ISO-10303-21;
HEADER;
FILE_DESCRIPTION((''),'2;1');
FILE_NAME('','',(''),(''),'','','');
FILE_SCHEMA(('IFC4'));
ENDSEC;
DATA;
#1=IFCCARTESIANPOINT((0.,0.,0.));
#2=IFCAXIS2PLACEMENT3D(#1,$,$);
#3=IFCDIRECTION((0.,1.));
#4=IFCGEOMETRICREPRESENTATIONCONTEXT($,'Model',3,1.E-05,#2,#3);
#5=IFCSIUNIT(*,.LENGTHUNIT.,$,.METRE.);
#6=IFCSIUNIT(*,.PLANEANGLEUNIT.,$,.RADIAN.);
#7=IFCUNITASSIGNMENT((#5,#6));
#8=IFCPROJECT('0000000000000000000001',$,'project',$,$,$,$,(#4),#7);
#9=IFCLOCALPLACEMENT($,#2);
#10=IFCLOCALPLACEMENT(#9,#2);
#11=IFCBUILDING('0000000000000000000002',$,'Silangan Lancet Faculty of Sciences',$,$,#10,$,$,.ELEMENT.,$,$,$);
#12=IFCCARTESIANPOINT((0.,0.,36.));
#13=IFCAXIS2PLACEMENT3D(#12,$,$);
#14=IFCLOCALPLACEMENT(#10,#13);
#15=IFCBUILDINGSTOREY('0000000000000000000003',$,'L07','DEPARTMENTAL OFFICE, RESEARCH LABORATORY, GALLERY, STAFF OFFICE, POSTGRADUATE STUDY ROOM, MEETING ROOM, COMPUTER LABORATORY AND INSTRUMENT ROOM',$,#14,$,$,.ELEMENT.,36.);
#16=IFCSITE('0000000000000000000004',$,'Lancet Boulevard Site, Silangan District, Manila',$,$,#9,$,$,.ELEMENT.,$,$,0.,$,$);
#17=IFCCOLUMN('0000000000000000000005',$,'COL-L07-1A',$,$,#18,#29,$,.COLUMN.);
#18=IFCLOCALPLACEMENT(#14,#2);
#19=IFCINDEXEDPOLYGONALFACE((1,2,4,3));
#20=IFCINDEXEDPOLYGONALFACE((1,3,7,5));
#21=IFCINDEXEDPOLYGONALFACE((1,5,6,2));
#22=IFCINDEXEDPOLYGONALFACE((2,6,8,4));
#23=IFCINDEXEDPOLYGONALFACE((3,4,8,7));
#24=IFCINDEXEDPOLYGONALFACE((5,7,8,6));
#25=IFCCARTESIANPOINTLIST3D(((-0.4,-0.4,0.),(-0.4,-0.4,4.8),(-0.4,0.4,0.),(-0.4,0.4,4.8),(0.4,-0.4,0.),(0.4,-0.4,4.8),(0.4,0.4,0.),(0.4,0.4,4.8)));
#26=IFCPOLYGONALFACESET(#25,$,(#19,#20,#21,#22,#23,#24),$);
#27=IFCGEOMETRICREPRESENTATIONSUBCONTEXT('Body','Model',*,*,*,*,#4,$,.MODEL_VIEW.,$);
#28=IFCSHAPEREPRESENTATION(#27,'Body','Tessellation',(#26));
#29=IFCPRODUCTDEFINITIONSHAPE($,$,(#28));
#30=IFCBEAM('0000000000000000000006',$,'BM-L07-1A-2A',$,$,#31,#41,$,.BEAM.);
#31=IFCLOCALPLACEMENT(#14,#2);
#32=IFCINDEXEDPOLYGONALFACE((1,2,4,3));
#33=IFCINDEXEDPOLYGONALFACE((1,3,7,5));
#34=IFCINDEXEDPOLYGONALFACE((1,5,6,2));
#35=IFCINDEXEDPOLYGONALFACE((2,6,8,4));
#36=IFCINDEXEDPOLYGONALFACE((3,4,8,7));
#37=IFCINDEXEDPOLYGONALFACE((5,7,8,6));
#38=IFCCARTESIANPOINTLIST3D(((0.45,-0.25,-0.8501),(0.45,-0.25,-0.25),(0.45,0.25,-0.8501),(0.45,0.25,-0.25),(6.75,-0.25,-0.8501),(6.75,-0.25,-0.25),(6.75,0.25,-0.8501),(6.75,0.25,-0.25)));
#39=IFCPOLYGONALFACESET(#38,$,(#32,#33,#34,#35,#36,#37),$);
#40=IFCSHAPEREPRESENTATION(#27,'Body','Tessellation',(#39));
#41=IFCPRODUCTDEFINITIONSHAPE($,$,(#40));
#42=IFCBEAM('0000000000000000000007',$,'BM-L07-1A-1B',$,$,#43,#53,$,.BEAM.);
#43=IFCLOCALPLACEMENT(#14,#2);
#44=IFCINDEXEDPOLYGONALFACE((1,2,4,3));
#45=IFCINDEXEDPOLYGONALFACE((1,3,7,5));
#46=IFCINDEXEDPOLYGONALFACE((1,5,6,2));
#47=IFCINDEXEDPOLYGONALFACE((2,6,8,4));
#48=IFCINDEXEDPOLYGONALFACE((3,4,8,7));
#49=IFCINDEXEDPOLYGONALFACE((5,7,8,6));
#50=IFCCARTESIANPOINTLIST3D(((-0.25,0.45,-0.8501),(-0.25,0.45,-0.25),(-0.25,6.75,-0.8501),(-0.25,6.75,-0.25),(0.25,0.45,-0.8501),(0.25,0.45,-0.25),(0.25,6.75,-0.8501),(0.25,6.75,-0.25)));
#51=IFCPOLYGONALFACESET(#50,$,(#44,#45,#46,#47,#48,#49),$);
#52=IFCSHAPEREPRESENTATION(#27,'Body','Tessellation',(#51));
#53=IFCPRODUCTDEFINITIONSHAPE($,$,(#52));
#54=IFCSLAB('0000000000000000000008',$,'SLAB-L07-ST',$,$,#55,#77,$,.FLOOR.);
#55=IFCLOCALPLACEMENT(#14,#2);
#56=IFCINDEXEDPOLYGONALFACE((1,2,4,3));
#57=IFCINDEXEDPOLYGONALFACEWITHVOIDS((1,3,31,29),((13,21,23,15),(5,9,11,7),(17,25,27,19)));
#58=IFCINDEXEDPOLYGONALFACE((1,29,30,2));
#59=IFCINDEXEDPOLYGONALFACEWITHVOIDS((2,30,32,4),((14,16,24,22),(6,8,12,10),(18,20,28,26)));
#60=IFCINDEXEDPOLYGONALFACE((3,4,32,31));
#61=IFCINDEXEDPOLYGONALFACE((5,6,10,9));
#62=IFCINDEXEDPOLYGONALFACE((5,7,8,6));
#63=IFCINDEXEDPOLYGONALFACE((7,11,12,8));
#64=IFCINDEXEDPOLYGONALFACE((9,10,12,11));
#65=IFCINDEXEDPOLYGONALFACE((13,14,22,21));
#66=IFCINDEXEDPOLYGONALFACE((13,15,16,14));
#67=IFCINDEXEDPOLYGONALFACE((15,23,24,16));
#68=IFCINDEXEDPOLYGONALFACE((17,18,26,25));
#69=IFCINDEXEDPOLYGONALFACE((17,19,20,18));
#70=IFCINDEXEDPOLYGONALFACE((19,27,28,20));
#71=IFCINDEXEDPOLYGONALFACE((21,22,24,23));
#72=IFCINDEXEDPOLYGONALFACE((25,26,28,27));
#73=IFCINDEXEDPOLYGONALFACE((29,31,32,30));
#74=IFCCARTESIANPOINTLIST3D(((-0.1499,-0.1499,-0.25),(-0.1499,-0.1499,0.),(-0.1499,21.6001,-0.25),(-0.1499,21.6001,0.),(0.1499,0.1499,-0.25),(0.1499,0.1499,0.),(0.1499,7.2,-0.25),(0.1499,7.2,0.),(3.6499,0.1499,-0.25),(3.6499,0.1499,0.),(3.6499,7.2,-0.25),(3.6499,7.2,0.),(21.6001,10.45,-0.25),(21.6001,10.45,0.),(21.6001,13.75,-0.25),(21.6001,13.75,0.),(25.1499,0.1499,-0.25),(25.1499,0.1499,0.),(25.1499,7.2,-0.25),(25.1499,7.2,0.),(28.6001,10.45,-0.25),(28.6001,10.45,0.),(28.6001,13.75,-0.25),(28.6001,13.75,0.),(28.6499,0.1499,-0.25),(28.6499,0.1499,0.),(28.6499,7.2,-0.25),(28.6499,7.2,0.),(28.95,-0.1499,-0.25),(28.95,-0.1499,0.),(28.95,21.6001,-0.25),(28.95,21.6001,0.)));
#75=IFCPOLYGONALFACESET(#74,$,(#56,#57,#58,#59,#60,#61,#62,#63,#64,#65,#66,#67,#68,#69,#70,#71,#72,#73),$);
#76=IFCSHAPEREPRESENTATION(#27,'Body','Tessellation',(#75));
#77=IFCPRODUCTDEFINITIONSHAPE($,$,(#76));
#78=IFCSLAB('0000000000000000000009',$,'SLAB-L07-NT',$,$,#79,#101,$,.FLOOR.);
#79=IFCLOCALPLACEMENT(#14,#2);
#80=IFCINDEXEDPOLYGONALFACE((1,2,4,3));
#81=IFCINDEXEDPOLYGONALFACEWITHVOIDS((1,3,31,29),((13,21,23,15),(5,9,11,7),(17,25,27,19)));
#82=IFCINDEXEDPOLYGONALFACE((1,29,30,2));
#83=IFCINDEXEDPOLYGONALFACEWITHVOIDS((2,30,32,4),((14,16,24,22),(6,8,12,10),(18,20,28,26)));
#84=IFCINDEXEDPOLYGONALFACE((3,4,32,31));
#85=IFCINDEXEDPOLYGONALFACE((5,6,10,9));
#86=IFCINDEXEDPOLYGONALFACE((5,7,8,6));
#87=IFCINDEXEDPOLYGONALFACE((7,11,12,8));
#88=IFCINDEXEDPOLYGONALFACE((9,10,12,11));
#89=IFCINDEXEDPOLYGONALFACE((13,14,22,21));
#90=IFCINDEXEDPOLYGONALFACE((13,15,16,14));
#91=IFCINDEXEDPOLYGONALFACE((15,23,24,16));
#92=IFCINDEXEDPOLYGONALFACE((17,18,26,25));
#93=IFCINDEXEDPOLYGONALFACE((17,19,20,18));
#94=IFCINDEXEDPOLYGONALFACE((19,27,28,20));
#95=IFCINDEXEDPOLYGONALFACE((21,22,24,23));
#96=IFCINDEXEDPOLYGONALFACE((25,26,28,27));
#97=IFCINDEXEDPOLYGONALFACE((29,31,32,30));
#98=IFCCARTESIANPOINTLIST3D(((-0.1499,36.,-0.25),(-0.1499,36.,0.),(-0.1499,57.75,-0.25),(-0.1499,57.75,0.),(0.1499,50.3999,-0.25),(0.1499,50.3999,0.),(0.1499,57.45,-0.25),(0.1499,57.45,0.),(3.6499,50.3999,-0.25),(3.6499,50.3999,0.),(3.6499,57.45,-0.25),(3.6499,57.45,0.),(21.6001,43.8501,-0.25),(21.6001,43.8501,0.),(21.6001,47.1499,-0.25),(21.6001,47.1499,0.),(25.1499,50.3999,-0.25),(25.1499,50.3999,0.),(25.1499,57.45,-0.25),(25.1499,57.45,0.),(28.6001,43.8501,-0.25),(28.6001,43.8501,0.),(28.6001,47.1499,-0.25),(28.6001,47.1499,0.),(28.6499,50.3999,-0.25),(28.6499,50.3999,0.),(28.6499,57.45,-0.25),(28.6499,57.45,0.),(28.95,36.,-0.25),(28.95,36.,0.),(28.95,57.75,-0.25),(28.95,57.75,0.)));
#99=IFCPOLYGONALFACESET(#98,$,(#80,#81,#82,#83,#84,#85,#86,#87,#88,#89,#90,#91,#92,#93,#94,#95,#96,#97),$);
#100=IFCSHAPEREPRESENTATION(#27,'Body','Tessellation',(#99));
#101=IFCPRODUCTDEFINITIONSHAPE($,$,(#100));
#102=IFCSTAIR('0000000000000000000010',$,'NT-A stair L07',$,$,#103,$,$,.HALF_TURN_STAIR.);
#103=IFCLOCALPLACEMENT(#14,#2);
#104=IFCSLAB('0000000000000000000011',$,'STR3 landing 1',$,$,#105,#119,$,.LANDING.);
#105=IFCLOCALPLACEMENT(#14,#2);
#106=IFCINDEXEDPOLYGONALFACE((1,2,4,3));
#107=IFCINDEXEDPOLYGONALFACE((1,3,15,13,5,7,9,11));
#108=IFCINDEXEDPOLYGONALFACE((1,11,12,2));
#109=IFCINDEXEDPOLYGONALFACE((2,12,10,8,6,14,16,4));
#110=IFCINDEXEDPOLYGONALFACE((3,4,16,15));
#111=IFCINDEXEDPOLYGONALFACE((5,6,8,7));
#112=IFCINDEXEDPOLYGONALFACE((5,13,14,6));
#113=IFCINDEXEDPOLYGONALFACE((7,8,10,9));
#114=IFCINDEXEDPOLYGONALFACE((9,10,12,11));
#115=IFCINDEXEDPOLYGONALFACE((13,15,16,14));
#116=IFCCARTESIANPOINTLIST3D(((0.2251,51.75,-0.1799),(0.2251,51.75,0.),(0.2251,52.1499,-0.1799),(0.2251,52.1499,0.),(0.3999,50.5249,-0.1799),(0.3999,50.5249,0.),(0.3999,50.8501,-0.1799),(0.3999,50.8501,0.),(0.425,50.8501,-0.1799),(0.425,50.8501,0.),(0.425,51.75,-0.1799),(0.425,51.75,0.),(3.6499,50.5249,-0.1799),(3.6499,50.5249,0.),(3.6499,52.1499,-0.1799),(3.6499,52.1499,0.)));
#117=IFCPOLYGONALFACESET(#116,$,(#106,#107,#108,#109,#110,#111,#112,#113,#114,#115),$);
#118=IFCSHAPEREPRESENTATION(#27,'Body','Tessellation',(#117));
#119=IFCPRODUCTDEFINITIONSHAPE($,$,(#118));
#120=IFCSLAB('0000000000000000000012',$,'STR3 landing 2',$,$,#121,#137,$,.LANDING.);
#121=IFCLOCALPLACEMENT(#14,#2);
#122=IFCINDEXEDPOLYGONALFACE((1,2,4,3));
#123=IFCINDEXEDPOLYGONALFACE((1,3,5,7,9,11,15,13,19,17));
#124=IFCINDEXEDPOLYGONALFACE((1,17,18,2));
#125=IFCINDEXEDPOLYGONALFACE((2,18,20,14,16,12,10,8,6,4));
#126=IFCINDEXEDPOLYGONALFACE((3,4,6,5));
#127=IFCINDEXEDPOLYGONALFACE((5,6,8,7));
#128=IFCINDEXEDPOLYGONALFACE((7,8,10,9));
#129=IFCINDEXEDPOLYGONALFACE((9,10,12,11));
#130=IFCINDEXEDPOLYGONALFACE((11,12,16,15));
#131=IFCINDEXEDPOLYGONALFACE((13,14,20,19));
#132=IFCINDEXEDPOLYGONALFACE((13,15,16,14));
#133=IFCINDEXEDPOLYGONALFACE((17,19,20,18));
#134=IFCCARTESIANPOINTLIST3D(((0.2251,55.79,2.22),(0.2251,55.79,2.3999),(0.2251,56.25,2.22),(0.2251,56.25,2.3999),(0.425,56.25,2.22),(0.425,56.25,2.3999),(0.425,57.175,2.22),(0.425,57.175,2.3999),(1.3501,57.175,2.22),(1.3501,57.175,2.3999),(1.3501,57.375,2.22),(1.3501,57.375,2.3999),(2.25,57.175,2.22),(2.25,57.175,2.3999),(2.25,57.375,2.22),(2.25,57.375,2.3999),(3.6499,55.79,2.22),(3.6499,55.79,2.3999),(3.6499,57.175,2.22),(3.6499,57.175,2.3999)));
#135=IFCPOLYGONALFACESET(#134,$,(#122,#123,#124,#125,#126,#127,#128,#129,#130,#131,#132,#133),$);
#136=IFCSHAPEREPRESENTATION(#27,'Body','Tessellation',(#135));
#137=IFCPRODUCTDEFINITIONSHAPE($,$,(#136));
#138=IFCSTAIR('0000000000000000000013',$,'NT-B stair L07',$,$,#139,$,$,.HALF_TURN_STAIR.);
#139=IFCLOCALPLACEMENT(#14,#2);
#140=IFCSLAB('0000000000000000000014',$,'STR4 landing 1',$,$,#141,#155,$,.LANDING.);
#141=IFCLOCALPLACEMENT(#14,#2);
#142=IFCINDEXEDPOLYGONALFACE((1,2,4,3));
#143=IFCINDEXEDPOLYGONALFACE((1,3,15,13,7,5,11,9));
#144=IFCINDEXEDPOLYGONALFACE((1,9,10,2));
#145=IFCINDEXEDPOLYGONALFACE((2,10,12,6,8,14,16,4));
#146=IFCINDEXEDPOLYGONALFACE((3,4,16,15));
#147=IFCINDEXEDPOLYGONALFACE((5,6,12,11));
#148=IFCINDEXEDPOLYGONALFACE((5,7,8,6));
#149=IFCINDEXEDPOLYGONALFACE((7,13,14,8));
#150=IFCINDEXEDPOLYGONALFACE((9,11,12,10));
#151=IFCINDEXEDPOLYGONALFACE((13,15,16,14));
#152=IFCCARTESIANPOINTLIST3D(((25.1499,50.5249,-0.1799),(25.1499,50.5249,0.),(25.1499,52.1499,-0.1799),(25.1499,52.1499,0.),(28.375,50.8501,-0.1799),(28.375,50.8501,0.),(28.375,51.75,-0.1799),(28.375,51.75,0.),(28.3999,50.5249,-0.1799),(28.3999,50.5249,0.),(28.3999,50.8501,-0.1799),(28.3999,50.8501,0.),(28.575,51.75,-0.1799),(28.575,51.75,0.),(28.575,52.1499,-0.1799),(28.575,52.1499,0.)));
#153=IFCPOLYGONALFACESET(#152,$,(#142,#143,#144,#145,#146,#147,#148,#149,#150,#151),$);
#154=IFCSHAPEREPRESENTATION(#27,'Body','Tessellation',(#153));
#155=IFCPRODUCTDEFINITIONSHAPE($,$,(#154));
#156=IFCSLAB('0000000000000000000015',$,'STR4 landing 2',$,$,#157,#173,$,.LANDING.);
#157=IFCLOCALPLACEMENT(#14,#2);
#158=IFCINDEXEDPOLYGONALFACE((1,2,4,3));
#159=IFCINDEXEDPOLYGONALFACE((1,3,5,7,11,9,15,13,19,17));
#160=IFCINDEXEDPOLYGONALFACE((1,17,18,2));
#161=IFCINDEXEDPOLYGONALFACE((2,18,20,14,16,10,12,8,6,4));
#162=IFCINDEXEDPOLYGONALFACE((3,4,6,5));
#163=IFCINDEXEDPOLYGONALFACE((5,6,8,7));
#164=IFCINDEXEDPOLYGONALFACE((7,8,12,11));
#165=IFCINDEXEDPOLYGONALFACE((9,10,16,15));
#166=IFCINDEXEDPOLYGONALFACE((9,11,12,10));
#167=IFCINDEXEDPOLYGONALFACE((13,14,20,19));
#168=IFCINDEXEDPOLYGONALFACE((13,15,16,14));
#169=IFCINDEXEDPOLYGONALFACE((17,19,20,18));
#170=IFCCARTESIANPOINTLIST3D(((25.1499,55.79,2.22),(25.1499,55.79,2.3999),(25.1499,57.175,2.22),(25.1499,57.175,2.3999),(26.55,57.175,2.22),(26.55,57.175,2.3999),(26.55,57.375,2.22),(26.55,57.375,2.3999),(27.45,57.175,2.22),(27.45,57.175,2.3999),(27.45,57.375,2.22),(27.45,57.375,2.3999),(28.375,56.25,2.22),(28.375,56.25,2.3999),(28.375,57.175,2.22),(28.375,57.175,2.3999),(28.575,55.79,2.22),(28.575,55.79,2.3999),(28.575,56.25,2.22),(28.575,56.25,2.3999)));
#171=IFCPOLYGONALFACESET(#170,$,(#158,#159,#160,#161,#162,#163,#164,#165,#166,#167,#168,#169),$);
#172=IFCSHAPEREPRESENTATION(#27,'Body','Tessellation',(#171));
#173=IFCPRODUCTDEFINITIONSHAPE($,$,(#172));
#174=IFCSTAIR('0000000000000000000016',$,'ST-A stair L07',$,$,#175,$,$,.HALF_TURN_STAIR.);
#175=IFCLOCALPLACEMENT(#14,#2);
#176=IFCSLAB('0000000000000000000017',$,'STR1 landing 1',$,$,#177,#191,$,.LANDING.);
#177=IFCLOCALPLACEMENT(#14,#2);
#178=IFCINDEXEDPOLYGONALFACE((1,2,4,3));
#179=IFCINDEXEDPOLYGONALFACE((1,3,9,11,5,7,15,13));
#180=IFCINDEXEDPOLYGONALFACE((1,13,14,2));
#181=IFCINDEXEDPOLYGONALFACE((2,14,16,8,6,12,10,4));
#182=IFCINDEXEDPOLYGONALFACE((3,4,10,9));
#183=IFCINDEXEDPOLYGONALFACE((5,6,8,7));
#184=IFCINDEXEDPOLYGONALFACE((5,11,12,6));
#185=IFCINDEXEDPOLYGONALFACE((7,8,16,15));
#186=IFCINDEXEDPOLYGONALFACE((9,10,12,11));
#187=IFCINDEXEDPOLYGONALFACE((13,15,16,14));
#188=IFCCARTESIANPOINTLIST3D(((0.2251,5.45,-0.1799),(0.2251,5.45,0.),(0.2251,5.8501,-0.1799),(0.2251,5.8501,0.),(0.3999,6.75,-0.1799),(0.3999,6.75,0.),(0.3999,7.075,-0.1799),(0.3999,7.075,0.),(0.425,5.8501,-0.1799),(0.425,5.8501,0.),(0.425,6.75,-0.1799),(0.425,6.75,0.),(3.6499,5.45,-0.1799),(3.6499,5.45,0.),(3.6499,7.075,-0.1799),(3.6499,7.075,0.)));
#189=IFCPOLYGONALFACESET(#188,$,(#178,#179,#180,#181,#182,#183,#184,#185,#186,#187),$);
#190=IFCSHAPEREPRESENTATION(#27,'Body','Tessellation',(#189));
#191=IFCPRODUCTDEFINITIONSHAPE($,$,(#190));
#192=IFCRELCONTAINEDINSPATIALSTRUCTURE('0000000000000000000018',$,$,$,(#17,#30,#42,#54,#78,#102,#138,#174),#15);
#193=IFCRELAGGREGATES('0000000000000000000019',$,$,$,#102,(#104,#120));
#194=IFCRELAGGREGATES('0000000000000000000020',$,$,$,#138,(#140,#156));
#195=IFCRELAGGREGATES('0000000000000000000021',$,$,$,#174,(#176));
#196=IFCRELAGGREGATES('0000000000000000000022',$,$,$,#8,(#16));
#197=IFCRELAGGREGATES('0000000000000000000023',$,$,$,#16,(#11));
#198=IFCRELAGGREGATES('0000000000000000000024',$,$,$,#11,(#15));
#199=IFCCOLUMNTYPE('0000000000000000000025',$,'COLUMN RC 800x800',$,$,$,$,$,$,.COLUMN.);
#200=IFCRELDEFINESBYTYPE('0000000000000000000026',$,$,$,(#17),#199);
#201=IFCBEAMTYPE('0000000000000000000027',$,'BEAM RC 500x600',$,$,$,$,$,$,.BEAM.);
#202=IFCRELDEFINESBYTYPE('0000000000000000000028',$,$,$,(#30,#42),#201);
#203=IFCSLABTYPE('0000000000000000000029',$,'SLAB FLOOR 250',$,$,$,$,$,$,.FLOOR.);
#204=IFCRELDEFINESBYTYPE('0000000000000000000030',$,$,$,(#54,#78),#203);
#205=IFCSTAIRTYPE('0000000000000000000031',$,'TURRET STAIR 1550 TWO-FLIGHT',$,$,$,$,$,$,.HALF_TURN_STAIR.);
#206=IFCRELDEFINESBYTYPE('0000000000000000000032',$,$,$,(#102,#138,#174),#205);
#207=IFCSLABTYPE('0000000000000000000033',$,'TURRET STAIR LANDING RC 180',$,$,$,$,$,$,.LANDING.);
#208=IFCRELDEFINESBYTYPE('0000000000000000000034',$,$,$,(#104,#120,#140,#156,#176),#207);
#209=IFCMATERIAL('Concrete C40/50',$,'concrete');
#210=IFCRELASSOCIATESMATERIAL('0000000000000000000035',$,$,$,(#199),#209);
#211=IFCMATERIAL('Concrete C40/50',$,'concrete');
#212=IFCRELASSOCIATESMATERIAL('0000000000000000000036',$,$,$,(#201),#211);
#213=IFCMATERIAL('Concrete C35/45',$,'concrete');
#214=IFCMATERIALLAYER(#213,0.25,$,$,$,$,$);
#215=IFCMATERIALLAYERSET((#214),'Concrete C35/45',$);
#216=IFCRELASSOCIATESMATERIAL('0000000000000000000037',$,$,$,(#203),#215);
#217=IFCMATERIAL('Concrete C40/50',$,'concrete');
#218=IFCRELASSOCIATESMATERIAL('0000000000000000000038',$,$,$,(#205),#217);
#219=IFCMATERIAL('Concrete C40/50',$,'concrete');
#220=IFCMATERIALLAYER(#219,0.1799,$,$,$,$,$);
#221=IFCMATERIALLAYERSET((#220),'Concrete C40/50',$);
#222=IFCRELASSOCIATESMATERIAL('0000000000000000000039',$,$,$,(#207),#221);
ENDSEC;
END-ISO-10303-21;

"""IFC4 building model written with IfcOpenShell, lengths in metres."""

from ifc_helpers import new_model, si_unit, direction, frame, origin, origin_with_axes, origin_2d, place, context, subcontext, project, spatial, polyline, rectangle, outline, extrude, material, layer, layer_set, material_profile, profile_set, type_object, element, aggregate, save


model = new_model("IFC4")

# Units and contexts
model_context = context("Model", 3, precision=1e-05, world=origin(), true_north=direction((0.0, 1.0)))
body_context = subcontext(model_context, "Body", "Model", "MODEL_VIEW")
ifc_project = project(units=[si_unit("LENGTHUNIT", "METRE"), si_unit("PLANEANGLEUNIT", "RADIAN")], contexts=[model_context])

# Site, building, storey
site_placement = place(None, origin())
site = spatial("IfcSite", under=ifc_project, at=site_placement, Name="Lancet Boulevard Site, Silangan District, Manila", CompositionType="ELEMENT", RefElevation=0.0)
building_placement = place(site_placement, origin())
building = spatial("IfcBuilding", under=site, at=building_placement, Name="Silangan Lancet Faculty of Sciences", CompositionType="ELEMENT")
storey_placement = place(building_placement, frame((0.0, 0.0, 36.0)))
storey = spatial("IfcBuildingStorey", under=building, at=storey_placement, Name="L07", Description="DEPARTMENTAL OFFICE, RESEARCH LABORATORY, GALLERY, STAFF OFFICE, POSTGRADUATE STUDY ROOM, MEETING ROOM, COMPUTER LABORATORY AND INSTRUMENT ROOM", CompositionType="ELEMENT", Elevation=36.0)

# Column
ifc_material_1 = material(Name="Concrete C40/50", Category="concrete")
ifc_material_profile_1 = material_profile(ifc_material_1, rectangle(XDim=0.8, YDim=0.8, at=origin_2d()), Name="RC 800x800")
ifc_profile_set_1 = profile_set([ifc_material_profile_1], Name="Concrete C40/50")
column_type = type_object("IfcColumnType", Name="COLUMN RC 800x800", PredefinedType="COLUMN", material=ifc_profile_set_1)
column_placement = place(storey_placement, origin_with_axes())
element("IfcColumn", 1, at=column_placement, inside=storey, type_object=column_type, Name="COL-L07-1A", PredefinedType="COLUMN", context=body_context, shape_type="SweptSolid", body=[
    extrude(rectangle(XDim=0.8, YDim=0.8, at=origin_2d()), origin(), (0.0, 0.0, 1.0), 4.8),
])

# Beams
ifc_material_2 = material(Name="Concrete C40/50", Category="concrete")
ifc_material_profile_2 = material_profile(ifc_material_2, rectangle(XDim=0.5, YDim=0.6001, at=origin_2d()), Name="RC 500x600")
ifc_profile_set_2 = profile_set([ifc_material_profile_2], Name="Concrete C40/50")
beam_type = type_object("IfcBeamType", Name="BEAM RC 500x600", PredefinedType="BEAM", material=ifc_profile_set_2)
for number, where, z_axis, x_axis, name in (
    (2, (0.45, 0.0, -0.55), (1.0, 0.0, 0.0), (0.0, 1.0, 0.0), "BM-L07-1A-2A"),
    (3, (0.0, 0.45, -0.55), (0.0, 1.0, 0.0), (-1.0, 0.0, 0.0), "BM-L07-1A-1B"),
):
    element("IfcBeam", number, at=place(storey_placement, frame(where, z_axis=z_axis, x_axis=x_axis)), inside=storey, type_object=beam_type, Name=name, PredefinedType="BEAM", context=body_context, shape_type="SweptSolid", body=[
        extrude(rectangle(XDim=0.5, YDim=0.6001, at=origin_2d()), origin(), (0.0, 0.0, 1.0), 6.3),
    ])

# Slabs
ifc_material_3 = material(Name="Concrete C35/45", Category="concrete")
ifc_layer_1 = layer(ifc_material_3, 0.25)
ifc_layer_set_1 = layer_set([ifc_layer_1], Name="Concrete C35/45")
slab_type_1 = type_object("IfcSlabType", Name="SLAB FLOOR 250", PredefinedType="FLOOR", material=ifc_layer_set_1)
slab_1_placement = place(storey_placement, frame((0.0, 0.0, -0.25)))
element("IfcSlab", 4, at=slab_1_placement, inside=storey, type_object=slab_type_1, Name="SLAB-L07-ST", PredefinedType="FLOOR", context=body_context, shape_type="SweptSolid", body=[
    extrude(outline(polyline([(-0.1499, -0.1499), (28.95, -0.1499), (28.95, 21.6001), (-0.1499, 21.6001), (-0.1499, -0.1499)]), holes=[polyline([(0.1499, 7.2), (3.6499, 7.2), (3.6499, 0.1499), (0.1499, 0.1499), (0.1499, 7.2)]), polyline([(25.1499, 0.1499), (25.1499, 7.2), (28.6499, 7.2), (28.6499, 0.1499), (25.1499, 0.1499)]), polyline([(21.6001, 13.75), (28.6001, 13.75), (28.6001, 10.45), (21.6001, 10.45), (21.6001, 13.75)])]), origin(), (0.0, 0.0, 1.0), 0.25),
])
slab_2_placement = place(storey_placement, frame((0.0, 0.0, -0.25)))
element("IfcSlab", 5, at=slab_2_placement, inside=storey, type_object=slab_type_1, Name="SLAB-L07-NT", PredefinedType="FLOOR", context=body_context, shape_type="SweptSolid", body=[
    extrude(outline(polyline([(-0.1499, 36.0), (28.95, 36.0), (28.95, 57.75), (-0.1499, 57.75), (-0.1499, 36.0)]), holes=[polyline([(21.6001, 47.1499), (28.6001, 47.1499), (28.6001, 43.8501), (21.6001, 43.8501), (21.6001, 47.1499)]), polyline([(0.1499, 57.45), (3.6499, 57.45), (3.6499, 50.3999), (0.1499, 50.3999), (0.1499, 57.45)]), polyline([(25.1499, 57.45), (28.6499, 57.45), (28.6499, 50.3999), (25.1499, 50.3999), (25.1499, 57.45)])]), origin(), (0.0, 0.0, 1.0), 0.25),
])

# Stairs, slabs
ifc_material_4 = material(Name="Concrete C40/50", Category="concrete")
stair_type = type_object("IfcStairType", Name="TURRET STAIR 1550 TWO-FLIGHT", PredefinedType="HALF_TURN_STAIR", material=ifc_material_4)
stair_1_placement = place(storey_placement, origin())
stair_1 = element("IfcStair", 6, at=stair_1_placement, inside=storey, type_object=stair_type, Name="NT-A stair L07", PredefinedType="HALF_TURN_STAIR")
ifc_material_5 = material(Name="Concrete C40/50", Category="concrete")
ifc_layer_2 = layer(ifc_material_5, 0.1799)
ifc_layer_set_2 = layer_set([ifc_layer_2], Name="Concrete C40/50")
slab_type_2 = type_object("IfcSlabType", Name="TURRET STAIR LANDING RC 180", PredefinedType="LANDING", material=ifc_layer_set_2)
slab_3_placement = place(storey_placement, frame((0.0, 0.0, -0.1799)))
slab_3 = element("IfcSlab", 7, at=slab_3_placement, type_object=slab_type_2, Name="STR3 landing 1", PredefinedType="LANDING", context=body_context, shape_type="SweptSolid", body=[
    extrude(outline(polyline([(0.3999, 50.8501), (0.425, 50.8501), (0.425, 51.75), (0.2251, 51.75), (0.2251, 52.1499), (3.6499, 52.1499), (3.6499, 50.5249), (0.3999, 50.5249), (0.3999, 50.8501)])), origin(), (0.0, 0.0, 1.0), 0.1799),
])
slab_4_placement = place(storey_placement, frame((0.0, 0.0, 2.22)))
slab_4 = element("IfcSlab", 8, at=slab_4_placement, type_object=slab_type_2, Name="STR3 landing 2", PredefinedType="LANDING", context=body_context, shape_type="SweptSolid", body=[
    extrude(outline(polyline([(0.425, 57.175), (1.3501, 57.175), (1.3501, 57.375), (2.25, 57.375), (2.25, 57.175), (3.6499, 57.175), (3.6499, 55.79), (0.2251, 55.79), (0.2251, 56.25), (0.425, 56.25), (0.425, 57.175)])), origin(), (0.0, 0.0, 1.0), 0.1799),
])
aggregate(stair_1, [slab_3, slab_4])
stair_2_placement = place(storey_placement, origin())
stair_2 = element("IfcStair", 9, at=stair_2_placement, inside=storey, type_object=stair_type, Name="NT-B stair L07", PredefinedType="HALF_TURN_STAIR")
slab_5_placement = place(storey_placement, frame((0.0, 0.0, -0.1799)))
slab_5 = element("IfcSlab", 10, at=slab_5_placement, type_object=slab_type_2, Name="STR4 landing 1", PredefinedType="LANDING", context=body_context, shape_type="SweptSolid", body=[
    extrude(outline(polyline([(28.375, 50.8501), (28.3999, 50.8501), (28.3999, 50.5249), (25.1499, 50.5249), (25.1499, 52.1499), (28.575, 52.1499), (28.575, 51.75), (28.375, 51.75), (28.375, 50.8501)])), origin(), (0.0, 0.0, 1.0), 0.1799),
])
slab_6_placement = place(storey_placement, frame((0.0, 0.0, 2.22)))
slab_6 = element("IfcSlab", 11, at=slab_6_placement, type_object=slab_type_2, Name="STR4 landing 2", PredefinedType="LANDING", context=body_context, shape_type="SweptSolid", body=[
    extrude(outline(polyline([(28.375, 57.175), (28.375, 56.25), (28.575, 56.25), (28.575, 55.79), (25.1499, 55.79), (25.1499, 57.175), (26.55, 57.175), (26.55, 57.375), (27.45, 57.375), (27.45, 57.175), (28.375, 57.175)])), origin(), (0.0, 0.0, 1.0), 0.1799),
])
aggregate(stair_2, [slab_5, slab_6])
stair_3_placement = place(storey_placement, origin())
stair_3 = element("IfcStair", 12, at=stair_3_placement, inside=storey, type_object=stair_type, Name="ST-A stair L07", PredefinedType="HALF_TURN_STAIR")
slab_7_placement = place(storey_placement, frame((0.0, 0.0, -0.1799)))
slab_7 = element("IfcSlab", 13, at=slab_7_placement, type_object=slab_type_2, Name="STR1 landing 1", PredefinedType="LANDING", context=body_context, shape_type="SweptSolid", body=[
    extrude(outline(polyline([(0.2251, 5.45), (0.2251, 5.8501), (0.425, 5.8501), (0.425, 6.75), (0.3999, 6.75), (0.3999, 7.075), (3.6499, 7.075), (3.6499, 5.45), (0.2251, 5.45)])), origin(), (0.0, 0.0, 1.0), 0.1799),
])
aggregate(stair_3, [slab_7])

save(model, "model.ifc")
